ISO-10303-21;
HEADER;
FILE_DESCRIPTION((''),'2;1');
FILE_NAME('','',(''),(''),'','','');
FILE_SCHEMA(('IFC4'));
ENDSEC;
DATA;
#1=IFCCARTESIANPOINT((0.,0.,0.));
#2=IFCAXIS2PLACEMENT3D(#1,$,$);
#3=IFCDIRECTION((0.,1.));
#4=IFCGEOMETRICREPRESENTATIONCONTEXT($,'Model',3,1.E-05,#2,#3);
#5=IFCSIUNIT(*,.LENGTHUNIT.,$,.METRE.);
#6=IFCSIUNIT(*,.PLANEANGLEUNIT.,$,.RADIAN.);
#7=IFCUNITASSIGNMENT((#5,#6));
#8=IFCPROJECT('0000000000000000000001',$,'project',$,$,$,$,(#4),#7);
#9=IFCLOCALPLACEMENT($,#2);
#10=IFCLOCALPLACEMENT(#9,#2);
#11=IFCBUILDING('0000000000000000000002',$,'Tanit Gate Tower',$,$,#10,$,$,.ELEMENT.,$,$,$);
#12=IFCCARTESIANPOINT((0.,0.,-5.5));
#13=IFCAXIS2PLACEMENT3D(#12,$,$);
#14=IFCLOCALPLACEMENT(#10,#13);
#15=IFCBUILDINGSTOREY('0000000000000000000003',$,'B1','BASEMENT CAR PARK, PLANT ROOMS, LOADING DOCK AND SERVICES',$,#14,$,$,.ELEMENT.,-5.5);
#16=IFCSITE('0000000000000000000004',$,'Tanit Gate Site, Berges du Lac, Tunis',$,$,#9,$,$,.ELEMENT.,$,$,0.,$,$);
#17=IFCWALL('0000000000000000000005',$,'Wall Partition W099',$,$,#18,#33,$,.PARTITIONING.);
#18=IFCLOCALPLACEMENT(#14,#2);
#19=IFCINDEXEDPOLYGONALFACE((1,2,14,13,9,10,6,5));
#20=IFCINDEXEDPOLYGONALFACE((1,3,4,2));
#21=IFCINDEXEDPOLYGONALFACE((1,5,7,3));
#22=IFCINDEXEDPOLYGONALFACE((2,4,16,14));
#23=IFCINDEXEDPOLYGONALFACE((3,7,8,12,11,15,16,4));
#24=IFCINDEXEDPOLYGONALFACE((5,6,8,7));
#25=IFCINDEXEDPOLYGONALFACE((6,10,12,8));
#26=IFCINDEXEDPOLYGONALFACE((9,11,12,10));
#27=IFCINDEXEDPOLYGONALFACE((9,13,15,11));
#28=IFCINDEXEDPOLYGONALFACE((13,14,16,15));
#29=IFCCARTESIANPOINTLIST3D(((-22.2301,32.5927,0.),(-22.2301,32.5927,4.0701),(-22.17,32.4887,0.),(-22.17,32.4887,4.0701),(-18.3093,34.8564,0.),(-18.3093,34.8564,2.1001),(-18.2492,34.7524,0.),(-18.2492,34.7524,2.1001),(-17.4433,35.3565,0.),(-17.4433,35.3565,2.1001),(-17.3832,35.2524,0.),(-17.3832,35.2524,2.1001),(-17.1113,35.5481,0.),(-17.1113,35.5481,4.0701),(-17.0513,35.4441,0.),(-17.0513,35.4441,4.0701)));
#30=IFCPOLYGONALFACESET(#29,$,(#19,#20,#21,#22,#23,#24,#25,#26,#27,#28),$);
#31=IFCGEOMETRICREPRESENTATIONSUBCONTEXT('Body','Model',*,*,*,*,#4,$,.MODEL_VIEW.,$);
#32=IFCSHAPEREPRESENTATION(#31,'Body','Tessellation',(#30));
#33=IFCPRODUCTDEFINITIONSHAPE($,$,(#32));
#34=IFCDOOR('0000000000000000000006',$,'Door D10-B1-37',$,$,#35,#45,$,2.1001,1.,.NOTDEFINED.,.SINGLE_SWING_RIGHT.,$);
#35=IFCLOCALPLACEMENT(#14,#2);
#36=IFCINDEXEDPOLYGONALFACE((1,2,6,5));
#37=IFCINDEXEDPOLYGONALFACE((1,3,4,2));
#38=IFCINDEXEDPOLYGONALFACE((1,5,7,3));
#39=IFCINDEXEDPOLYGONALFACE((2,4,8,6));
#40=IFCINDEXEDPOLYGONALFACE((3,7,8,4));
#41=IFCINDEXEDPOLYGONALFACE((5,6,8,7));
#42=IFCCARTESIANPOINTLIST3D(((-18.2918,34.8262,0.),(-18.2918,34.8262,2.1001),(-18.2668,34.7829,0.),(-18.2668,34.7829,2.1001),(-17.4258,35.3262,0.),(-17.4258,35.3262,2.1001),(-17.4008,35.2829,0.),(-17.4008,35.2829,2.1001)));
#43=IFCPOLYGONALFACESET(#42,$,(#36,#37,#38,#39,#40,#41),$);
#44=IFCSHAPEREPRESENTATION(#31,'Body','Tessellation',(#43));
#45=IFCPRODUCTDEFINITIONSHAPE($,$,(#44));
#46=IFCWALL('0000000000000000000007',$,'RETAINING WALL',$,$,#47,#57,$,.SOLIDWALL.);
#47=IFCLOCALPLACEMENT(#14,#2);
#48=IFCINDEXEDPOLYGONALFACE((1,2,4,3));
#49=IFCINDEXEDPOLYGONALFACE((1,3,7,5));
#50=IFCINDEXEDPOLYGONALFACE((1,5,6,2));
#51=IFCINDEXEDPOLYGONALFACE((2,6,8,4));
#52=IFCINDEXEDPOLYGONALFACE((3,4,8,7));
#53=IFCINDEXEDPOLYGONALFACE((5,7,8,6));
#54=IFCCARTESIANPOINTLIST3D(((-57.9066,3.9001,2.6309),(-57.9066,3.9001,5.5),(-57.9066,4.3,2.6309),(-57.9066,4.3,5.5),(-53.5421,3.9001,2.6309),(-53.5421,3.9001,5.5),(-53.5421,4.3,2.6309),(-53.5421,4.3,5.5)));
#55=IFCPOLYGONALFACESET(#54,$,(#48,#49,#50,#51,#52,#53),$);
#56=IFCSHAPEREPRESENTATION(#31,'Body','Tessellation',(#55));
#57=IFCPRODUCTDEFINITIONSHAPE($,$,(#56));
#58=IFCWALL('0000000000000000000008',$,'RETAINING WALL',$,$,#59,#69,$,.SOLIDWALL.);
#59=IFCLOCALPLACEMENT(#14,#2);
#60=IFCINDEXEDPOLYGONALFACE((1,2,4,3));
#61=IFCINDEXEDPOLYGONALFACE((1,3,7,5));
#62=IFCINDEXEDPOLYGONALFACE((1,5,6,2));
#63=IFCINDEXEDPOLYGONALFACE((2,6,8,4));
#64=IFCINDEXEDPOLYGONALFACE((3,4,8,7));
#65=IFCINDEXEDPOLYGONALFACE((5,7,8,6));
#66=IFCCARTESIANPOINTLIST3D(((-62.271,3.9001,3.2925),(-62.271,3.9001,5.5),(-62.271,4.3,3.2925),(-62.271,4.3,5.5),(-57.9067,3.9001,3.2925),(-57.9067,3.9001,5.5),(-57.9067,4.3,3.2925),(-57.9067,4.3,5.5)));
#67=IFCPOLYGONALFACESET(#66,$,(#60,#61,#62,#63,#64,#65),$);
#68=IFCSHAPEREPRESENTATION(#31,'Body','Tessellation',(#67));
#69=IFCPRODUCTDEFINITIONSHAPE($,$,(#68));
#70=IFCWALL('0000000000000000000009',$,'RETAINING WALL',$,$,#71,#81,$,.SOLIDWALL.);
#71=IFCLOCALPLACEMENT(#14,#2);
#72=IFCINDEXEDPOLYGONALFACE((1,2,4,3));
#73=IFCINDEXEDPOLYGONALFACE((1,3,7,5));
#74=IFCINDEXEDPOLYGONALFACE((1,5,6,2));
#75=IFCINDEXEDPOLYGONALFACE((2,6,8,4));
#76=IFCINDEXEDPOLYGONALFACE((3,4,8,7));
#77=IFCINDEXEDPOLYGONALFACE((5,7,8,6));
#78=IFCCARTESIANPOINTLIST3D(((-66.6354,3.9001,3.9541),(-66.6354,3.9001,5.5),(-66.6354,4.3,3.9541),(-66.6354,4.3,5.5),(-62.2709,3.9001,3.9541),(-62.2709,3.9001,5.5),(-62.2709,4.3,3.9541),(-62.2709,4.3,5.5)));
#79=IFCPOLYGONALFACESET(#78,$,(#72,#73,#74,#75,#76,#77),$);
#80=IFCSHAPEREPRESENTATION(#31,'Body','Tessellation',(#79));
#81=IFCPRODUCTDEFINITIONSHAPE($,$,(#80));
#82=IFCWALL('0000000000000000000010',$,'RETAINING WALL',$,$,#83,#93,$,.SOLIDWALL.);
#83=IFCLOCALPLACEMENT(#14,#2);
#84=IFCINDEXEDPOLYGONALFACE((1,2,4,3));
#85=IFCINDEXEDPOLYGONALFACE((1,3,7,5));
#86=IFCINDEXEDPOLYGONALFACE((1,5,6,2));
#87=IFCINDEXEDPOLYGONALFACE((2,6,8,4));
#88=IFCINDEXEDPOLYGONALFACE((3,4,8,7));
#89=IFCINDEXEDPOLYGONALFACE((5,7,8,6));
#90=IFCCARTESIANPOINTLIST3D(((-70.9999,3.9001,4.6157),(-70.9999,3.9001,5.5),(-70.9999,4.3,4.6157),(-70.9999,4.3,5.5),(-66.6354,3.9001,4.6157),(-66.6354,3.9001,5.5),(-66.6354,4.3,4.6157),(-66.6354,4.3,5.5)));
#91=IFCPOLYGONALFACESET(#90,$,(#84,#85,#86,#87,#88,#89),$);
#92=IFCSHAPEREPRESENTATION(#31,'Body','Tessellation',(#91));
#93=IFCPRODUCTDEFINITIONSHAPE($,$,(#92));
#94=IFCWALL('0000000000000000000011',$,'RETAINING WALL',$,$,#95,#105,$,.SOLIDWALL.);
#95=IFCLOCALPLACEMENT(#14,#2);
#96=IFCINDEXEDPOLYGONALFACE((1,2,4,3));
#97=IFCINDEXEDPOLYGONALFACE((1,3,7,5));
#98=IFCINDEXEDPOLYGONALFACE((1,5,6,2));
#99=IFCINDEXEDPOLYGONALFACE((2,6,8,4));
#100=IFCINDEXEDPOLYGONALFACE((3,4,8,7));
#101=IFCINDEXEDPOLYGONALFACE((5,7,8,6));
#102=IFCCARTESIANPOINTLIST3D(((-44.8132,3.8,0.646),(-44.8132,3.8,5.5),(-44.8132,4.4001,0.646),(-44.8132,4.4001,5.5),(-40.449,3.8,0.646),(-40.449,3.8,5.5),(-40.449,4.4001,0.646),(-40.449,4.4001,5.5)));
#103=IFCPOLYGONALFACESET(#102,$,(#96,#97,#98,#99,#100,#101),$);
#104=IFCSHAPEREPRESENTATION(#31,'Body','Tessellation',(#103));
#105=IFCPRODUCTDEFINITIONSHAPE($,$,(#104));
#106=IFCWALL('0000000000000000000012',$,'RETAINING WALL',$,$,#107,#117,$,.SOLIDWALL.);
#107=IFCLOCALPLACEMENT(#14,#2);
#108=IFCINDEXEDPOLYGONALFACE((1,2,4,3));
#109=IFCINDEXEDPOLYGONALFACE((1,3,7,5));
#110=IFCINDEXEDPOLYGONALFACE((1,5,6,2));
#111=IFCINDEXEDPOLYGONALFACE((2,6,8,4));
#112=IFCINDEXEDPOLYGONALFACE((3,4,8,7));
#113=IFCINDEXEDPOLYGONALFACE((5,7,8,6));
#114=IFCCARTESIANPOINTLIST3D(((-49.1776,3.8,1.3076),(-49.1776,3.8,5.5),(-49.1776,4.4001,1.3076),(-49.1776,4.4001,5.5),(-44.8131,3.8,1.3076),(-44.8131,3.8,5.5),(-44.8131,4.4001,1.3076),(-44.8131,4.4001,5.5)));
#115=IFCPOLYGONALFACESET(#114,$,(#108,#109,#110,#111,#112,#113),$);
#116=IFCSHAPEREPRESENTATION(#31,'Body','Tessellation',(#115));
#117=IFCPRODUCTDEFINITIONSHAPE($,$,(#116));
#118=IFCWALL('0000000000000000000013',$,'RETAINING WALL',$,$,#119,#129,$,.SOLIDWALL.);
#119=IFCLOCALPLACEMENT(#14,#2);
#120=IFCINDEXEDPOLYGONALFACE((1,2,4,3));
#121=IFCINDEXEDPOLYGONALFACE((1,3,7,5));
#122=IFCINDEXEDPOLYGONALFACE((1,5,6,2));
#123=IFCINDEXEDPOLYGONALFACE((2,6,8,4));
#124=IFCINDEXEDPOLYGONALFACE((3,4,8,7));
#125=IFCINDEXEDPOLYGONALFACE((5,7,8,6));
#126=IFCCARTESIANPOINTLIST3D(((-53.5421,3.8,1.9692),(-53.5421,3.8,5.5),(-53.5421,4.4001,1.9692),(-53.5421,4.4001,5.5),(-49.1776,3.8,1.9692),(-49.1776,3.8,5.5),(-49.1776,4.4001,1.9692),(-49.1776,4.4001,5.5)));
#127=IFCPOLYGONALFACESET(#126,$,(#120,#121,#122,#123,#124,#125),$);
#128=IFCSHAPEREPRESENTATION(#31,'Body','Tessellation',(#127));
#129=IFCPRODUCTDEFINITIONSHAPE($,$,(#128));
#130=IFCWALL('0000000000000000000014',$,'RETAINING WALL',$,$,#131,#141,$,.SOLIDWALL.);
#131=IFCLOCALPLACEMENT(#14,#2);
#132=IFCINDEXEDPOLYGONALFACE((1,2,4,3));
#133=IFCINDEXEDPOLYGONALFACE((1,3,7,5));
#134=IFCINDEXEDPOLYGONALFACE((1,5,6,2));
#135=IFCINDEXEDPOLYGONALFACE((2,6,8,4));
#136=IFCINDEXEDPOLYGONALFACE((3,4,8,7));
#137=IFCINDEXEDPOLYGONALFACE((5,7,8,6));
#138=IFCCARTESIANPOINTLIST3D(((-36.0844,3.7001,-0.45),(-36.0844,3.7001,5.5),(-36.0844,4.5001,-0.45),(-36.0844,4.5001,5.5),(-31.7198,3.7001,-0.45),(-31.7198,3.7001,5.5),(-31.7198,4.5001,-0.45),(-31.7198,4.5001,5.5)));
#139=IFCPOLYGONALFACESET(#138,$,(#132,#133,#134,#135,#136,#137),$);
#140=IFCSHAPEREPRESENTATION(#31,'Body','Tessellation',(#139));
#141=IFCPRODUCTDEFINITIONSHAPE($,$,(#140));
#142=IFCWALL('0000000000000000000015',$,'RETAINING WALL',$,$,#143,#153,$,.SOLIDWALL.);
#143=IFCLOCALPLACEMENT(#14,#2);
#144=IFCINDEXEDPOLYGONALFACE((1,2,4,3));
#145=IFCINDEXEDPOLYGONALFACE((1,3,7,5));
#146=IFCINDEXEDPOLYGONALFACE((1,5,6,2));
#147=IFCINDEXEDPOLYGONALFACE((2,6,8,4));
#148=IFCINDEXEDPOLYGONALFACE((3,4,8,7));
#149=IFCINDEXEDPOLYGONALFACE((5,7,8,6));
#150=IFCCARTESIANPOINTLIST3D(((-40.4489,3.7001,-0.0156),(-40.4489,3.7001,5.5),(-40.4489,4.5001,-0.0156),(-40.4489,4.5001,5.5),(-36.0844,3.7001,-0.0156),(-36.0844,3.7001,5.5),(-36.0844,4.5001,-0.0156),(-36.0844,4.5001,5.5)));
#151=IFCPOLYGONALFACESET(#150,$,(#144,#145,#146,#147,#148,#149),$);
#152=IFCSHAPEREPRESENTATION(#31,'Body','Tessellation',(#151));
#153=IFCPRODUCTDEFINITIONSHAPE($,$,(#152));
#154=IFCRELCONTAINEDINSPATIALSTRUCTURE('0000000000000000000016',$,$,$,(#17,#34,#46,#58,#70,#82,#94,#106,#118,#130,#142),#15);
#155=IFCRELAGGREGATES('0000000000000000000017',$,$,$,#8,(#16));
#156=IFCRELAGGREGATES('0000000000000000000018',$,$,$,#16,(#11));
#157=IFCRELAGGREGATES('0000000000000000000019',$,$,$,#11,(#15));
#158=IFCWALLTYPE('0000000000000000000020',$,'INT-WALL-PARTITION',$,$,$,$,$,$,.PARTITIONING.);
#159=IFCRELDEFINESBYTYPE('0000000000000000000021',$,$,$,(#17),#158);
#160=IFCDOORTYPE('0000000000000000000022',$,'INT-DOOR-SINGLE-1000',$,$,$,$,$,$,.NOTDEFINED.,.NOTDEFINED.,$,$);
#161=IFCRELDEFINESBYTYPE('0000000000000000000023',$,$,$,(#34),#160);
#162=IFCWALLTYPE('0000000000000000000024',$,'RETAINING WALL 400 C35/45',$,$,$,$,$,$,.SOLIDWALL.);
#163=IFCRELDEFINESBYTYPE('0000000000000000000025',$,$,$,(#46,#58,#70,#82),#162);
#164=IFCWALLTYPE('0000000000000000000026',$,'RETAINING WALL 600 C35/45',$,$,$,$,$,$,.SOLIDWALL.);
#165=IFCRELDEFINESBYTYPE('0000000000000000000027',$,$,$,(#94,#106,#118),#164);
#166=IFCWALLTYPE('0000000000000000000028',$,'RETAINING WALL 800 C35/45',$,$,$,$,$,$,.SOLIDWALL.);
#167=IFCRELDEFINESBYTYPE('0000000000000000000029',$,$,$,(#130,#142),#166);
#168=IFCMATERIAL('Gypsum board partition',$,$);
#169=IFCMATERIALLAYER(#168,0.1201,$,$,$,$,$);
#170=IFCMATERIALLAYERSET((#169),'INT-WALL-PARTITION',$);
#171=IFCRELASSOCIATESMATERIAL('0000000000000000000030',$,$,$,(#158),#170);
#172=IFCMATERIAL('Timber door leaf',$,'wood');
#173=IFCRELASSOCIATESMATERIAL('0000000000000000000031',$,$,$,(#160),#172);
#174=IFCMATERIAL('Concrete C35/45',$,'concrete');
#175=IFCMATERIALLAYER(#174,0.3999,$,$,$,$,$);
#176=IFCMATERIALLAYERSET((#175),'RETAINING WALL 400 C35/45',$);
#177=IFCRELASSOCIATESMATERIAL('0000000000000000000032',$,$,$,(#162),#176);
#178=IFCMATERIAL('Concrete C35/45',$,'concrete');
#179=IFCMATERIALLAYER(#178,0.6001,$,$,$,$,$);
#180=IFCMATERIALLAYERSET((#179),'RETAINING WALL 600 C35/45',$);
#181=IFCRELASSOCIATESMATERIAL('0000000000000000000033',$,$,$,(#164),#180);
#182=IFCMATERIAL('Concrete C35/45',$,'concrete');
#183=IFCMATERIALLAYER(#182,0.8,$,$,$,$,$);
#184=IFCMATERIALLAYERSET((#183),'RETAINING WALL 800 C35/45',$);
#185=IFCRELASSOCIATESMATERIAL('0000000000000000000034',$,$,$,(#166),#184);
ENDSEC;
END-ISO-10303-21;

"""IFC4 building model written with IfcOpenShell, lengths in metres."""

from ifc_helpers import new_model, si_unit, direction, frame, frame_2d, origin, place, context, subcontext, project, spatial, rectangle, extrude, material, layer, layer_set, type_object, element, fill, save


model = new_model("IFC4")

# Units and contexts
model_context = context("Model", 3, precision=1e-05, world=origin(), true_north=direction((0.0, 1.0)))
body_context = subcontext(model_context, "Body", "Model", "MODEL_VIEW")
ifc_project = project(units=[si_unit("LENGTHUNIT", "METRE"), si_unit("PLANEANGLEUNIT", "RADIAN")], contexts=[model_context])

# Site, building, storey
site_placement = place(None, origin())
site = spatial("IfcSite", under=ifc_project, at=site_placement, Name="Tanit Gate Site, Berges du Lac, Tunis", CompositionType="ELEMENT", RefElevation=0.0)
building_placement = place(site_placement, origin())
building = spatial("IfcBuilding", under=site, at=building_placement, Name="Tanit Gate Tower", CompositionType="ELEMENT")
storey_placement = place(building_placement, frame((0.0, 0.0, -5.5)))
storey = spatial("IfcBuildingStorey", under=building, at=storey_placement, Name="B1", Description="BASEMENT CAR PARK, PLANT ROOMS, LOADING DOCK AND SERVICES", CompositionType="ELEMENT", Elevation=-5.5)

# Wall, opening, door
ifc_material_1 = material(Name="Gypsum board partition")
ifc_layer_1 = layer(ifc_material_1, 0.1201)
ifc_layer_set_1 = layer_set([ifc_layer_1], Name="INT-WALL-PARTITION")
wall_type_1 = type_object("IfcWallType", Name="INT-WALL-PARTITION", PredefinedType="PARTITIONING", material=ifc_layer_set_1)
wall_1_placement = place(storey_placement, frame((-17.0813, 35.4961, 0.0), z_axis=(0.0, 0.0, 1.0), x_axis=(-0.86602, -0.500008, 0.0)))
wall_1 = element("IfcWall", 1, at=wall_1_placement, inside=storey, type_object=wall_type_1, Name="Wall Partition W099", PredefinedType="PARTITIONING", context=body_context, shape_type="SweptSolid", body=[
    extrude(rectangle(XDim=5.9106, YDim=0.1201, at=frame_2d((2.9553, 0.0))), origin(), (0.0, 0.0, 1.0), 4.0701),
])
opening_placement = place(wall_1_placement, frame((0.3833, 0.0, 0.0)))
opening = element("IfcOpeningElement", 2, at=opening_placement, cuts=wall_1, PredefinedType="OPENING", context=body_context, shape_type="SweptSolid", body=[
    extrude(rectangle(XDim=1.0, YDim=2.1001, at=frame_2d((0.5, 1.05))), frame((0.0, 0.0701, 0.0), z_axis=(0.0, -1.0, 0.0), x_axis=(1.0, 0.0, 0.0)), (0.0, 0.0, 1.0), 0.1401),
])
ifc_material_2 = material(Name="Timber door leaf", Category="wood")
door_type = type_object("IfcDoorType", Name="INT-DOOR-SINGLE-1000", OperationType="NOTDEFINED", PredefinedType="NOTDEFINED", material=ifc_material_2)
door_placement = place(opening_placement, origin())
door = element("IfcDoor", 3, at=door_placement, inside=storey, type_object=door_type, Name="Door D10-B1-37", OperationType="SINGLE_SWING_RIGHT", OverallHeight=2.1001, OverallWidth=1.0, PredefinedType="NOTDEFINED", context=body_context, shape_type="SweptSolid", body=[
    extrude(rectangle(XDim=1.0, YDim=2.1001, at=frame_2d((0.5, 1.05))), frame((0.0, 0.0249, 0.0), z_axis=(0.0, -1.0, 0.0), x_axis=(1.0, 0.0, 0.0)), (0.0, 0.0, 1.0), 0.05),
])
fill(opening, door)

# Walls
ifc_material_3 = material(Name="Concrete C35/45", Category="concrete")
ifc_layer_2 = layer(ifc_material_3, 0.3999)
ifc_layer_set_2 = layer_set([ifc_layer_2], Name="RETAINING WALL 400 C35/45")
wall_type_2 = type_object("IfcWallType", Name="RETAINING WALL 400 C35/45", PredefinedType="SOLIDWALL", material=ifc_layer_set_2)
wall_2_placement = place(storey_placement, frame((-53.5422, 4.1001, 2.6309), z_axis=(0.0, 0.0, 1.0), x_axis=(-1.0, 0.0, 0.0)))
element("IfcWall", 4, at=wall_2_placement, inside=storey, type_object=wall_type_2, Name="RETAINING WALL", PredefinedType="SOLIDWALL", context=body_context, shape_type="SweptSolid", body=[
    extrude(rectangle(XDim=4.3645, YDim=0.3999, at=frame_2d((2.1821, 0.0))), origin(), (0.0, 0.0, 1.0), 2.8691),
])
wall_3_placement = place(storey_placement, frame((-57.9067, 4.1001, 3.2925), z_axis=(0.0, 0.0, 1.0), x_axis=(-1.0, 0.0, 0.0)))
element("IfcWall", 5, at=wall_3_placement, inside=storey, type_object=wall_type_2, Name="RETAINING WALL", PredefinedType="SOLIDWALL", context=body_context, shape_type="SweptSolid", body=[
    extrude(rectangle(XDim=4.3643, YDim=0.3999, at=frame_2d((2.1821, 0.0))), origin(), (0.0, 0.0, 1.0), 2.2075),
])
wall_4_placement = place(storey_placement, frame((-62.271, 4.1001, 3.9541), z_axis=(0.0, 0.0, 1.0), x_axis=(-1.0, 0.0, 0.0)))
element("IfcWall", 6, at=wall_4_placement, inside=storey, type_object=wall_type_2, Name="RETAINING WALL", PredefinedType="SOLIDWALL", context=body_context, shape_type="SweptSolid", body=[
    extrude(rectangle(XDim=4.3645, YDim=0.3999, at=frame_2d((2.1821, 0.0))), origin(), (0.0, 0.0, 1.0), 1.5459),
])
wall_5_placement = place(storey_placement, frame((-66.6355, 4.1001, 4.6157), z_axis=(0.0, 0.0, 1.0), x_axis=(-1.0, 0.0, 0.0)))
element("IfcWall", 7, at=wall_5_placement, inside=storey, type_object=wall_type_2, Name="RETAINING WALL", PredefinedType="SOLIDWALL", context=body_context, shape_type="SweptSolid", body=[
    extrude(rectangle(XDim=4.3645, YDim=0.3999, at=frame_2d((2.1821, 0.0))), origin(), (0.0, 0.0, 1.0), 0.8843),
])
ifc_material_4 = material(Name="Concrete C35/45", Category="concrete")
ifc_layer_3 = layer(ifc_material_4, 0.6001)
ifc_layer_set_3 = layer_set([ifc_layer_3], Name="RETAINING WALL 600 C35/45")
wall_type_3 = type_object("IfcWallType", Name="RETAINING WALL 600 C35/45", PredefinedType="SOLIDWALL", material=ifc_layer_set_3)
wall_6_placement = place(storey_placement, frame((-40.449, 4.1001, 0.646), z_axis=(0.0, 0.0, 1.0), x_axis=(-1.0, 0.0, 0.0)))
element("IfcWall", 8, at=wall_6_placement, inside=storey, type_object=wall_type_3, Name="RETAINING WALL", PredefinedType="SOLIDWALL", context=body_context, shape_type="SweptSolid", body=[
    extrude(rectangle(XDim=4.3643, YDim=0.6001, at=frame_2d((2.1821, 0.0))), origin(), (0.0, 0.0, 1.0), 4.854),
])
wall_7_placement = place(storey_placement, frame((-44.8132, 4.1001, 1.3076), z_axis=(0.0, 0.0, 1.0), x_axis=(-1.0, 0.0, 0.0)))
element("IfcWall", 9, at=wall_7_placement, inside=storey, type_object=wall_type_3, Name="RETAINING WALL", PredefinedType="SOLIDWALL", context=body_context, shape_type="SweptSolid", body=[
    extrude(rectangle(XDim=4.3645, YDim=0.6001, at=frame_2d((2.1821, 0.0))), origin(), (0.0, 0.0, 1.0), 4.1924),
])
wall_8_placement = place(storey_placement, frame((-49.1777, 4.1001, 1.9692), z_axis=(0.0, 0.0, 1.0), x_axis=(-1.0, 0.0, 0.0)))
element("IfcWall", 10, at=wall_8_placement, inside=storey, type_object=wall_type_3, Name="RETAINING WALL", PredefinedType="SOLIDWALL", context=body_context, shape_type="SweptSolid", body=[
    extrude(rectangle(XDim=4.3645, YDim=0.6001, at=frame_2d((2.1821, 0.0))), origin(), (0.0, 0.0, 1.0), 3.5308),
])
ifc_material_5 = material(Name="Concrete C35/45", Category="concrete")
ifc_layer_4 = layer(ifc_material_5, 0.8)
ifc_layer_set_4 = layer_set([ifc_layer_4], Name="RETAINING WALL 800 C35/45")
wall_type_4 = type_object("IfcWallType", Name="RETAINING WALL 800 C35/45", PredefinedType="SOLIDWALL", material=ifc_layer_set_4)
wall_9_placement = place(storey_placement, frame((-31.72, 4.1001, -0.45), z_axis=(0.0, 0.0, 1.0), x_axis=(-1.0, 0.0, 0.0)))
element("IfcWall", 11, at=wall_9_placement, inside=storey, type_object=wall_type_4, Name="RETAINING WALL", PredefinedType="SOLIDWALL", context=body_context, shape_type="SweptSolid", body=[
    extrude(rectangle(XDim=4.3645, YDim=0.8, at=frame_2d((2.1821, 0.0))), origin(), (0.0, 0.0, 1.0), 5.95),
])
wall_10_placement = place(storey_placement, frame((-36.0845, 4.1001, -0.0156), z_axis=(0.0, 0.0, 1.0), x_axis=(-1.0, 0.0, 0.0)))
element("IfcWall", 12, at=wall_10_placement, inside=storey, type_object=wall_type_4, Name="RETAINING WALL", PredefinedType="SOLIDWALL", context=body_context, shape_type="SweptSolid", body=[
    extrude(rectangle(XDim=4.3645, YDim=0.8, at=frame_2d((2.1821, 0.0))), origin(), (0.0, 0.0, 1.0), 5.5156),
])

save(model, "model.ifc")
